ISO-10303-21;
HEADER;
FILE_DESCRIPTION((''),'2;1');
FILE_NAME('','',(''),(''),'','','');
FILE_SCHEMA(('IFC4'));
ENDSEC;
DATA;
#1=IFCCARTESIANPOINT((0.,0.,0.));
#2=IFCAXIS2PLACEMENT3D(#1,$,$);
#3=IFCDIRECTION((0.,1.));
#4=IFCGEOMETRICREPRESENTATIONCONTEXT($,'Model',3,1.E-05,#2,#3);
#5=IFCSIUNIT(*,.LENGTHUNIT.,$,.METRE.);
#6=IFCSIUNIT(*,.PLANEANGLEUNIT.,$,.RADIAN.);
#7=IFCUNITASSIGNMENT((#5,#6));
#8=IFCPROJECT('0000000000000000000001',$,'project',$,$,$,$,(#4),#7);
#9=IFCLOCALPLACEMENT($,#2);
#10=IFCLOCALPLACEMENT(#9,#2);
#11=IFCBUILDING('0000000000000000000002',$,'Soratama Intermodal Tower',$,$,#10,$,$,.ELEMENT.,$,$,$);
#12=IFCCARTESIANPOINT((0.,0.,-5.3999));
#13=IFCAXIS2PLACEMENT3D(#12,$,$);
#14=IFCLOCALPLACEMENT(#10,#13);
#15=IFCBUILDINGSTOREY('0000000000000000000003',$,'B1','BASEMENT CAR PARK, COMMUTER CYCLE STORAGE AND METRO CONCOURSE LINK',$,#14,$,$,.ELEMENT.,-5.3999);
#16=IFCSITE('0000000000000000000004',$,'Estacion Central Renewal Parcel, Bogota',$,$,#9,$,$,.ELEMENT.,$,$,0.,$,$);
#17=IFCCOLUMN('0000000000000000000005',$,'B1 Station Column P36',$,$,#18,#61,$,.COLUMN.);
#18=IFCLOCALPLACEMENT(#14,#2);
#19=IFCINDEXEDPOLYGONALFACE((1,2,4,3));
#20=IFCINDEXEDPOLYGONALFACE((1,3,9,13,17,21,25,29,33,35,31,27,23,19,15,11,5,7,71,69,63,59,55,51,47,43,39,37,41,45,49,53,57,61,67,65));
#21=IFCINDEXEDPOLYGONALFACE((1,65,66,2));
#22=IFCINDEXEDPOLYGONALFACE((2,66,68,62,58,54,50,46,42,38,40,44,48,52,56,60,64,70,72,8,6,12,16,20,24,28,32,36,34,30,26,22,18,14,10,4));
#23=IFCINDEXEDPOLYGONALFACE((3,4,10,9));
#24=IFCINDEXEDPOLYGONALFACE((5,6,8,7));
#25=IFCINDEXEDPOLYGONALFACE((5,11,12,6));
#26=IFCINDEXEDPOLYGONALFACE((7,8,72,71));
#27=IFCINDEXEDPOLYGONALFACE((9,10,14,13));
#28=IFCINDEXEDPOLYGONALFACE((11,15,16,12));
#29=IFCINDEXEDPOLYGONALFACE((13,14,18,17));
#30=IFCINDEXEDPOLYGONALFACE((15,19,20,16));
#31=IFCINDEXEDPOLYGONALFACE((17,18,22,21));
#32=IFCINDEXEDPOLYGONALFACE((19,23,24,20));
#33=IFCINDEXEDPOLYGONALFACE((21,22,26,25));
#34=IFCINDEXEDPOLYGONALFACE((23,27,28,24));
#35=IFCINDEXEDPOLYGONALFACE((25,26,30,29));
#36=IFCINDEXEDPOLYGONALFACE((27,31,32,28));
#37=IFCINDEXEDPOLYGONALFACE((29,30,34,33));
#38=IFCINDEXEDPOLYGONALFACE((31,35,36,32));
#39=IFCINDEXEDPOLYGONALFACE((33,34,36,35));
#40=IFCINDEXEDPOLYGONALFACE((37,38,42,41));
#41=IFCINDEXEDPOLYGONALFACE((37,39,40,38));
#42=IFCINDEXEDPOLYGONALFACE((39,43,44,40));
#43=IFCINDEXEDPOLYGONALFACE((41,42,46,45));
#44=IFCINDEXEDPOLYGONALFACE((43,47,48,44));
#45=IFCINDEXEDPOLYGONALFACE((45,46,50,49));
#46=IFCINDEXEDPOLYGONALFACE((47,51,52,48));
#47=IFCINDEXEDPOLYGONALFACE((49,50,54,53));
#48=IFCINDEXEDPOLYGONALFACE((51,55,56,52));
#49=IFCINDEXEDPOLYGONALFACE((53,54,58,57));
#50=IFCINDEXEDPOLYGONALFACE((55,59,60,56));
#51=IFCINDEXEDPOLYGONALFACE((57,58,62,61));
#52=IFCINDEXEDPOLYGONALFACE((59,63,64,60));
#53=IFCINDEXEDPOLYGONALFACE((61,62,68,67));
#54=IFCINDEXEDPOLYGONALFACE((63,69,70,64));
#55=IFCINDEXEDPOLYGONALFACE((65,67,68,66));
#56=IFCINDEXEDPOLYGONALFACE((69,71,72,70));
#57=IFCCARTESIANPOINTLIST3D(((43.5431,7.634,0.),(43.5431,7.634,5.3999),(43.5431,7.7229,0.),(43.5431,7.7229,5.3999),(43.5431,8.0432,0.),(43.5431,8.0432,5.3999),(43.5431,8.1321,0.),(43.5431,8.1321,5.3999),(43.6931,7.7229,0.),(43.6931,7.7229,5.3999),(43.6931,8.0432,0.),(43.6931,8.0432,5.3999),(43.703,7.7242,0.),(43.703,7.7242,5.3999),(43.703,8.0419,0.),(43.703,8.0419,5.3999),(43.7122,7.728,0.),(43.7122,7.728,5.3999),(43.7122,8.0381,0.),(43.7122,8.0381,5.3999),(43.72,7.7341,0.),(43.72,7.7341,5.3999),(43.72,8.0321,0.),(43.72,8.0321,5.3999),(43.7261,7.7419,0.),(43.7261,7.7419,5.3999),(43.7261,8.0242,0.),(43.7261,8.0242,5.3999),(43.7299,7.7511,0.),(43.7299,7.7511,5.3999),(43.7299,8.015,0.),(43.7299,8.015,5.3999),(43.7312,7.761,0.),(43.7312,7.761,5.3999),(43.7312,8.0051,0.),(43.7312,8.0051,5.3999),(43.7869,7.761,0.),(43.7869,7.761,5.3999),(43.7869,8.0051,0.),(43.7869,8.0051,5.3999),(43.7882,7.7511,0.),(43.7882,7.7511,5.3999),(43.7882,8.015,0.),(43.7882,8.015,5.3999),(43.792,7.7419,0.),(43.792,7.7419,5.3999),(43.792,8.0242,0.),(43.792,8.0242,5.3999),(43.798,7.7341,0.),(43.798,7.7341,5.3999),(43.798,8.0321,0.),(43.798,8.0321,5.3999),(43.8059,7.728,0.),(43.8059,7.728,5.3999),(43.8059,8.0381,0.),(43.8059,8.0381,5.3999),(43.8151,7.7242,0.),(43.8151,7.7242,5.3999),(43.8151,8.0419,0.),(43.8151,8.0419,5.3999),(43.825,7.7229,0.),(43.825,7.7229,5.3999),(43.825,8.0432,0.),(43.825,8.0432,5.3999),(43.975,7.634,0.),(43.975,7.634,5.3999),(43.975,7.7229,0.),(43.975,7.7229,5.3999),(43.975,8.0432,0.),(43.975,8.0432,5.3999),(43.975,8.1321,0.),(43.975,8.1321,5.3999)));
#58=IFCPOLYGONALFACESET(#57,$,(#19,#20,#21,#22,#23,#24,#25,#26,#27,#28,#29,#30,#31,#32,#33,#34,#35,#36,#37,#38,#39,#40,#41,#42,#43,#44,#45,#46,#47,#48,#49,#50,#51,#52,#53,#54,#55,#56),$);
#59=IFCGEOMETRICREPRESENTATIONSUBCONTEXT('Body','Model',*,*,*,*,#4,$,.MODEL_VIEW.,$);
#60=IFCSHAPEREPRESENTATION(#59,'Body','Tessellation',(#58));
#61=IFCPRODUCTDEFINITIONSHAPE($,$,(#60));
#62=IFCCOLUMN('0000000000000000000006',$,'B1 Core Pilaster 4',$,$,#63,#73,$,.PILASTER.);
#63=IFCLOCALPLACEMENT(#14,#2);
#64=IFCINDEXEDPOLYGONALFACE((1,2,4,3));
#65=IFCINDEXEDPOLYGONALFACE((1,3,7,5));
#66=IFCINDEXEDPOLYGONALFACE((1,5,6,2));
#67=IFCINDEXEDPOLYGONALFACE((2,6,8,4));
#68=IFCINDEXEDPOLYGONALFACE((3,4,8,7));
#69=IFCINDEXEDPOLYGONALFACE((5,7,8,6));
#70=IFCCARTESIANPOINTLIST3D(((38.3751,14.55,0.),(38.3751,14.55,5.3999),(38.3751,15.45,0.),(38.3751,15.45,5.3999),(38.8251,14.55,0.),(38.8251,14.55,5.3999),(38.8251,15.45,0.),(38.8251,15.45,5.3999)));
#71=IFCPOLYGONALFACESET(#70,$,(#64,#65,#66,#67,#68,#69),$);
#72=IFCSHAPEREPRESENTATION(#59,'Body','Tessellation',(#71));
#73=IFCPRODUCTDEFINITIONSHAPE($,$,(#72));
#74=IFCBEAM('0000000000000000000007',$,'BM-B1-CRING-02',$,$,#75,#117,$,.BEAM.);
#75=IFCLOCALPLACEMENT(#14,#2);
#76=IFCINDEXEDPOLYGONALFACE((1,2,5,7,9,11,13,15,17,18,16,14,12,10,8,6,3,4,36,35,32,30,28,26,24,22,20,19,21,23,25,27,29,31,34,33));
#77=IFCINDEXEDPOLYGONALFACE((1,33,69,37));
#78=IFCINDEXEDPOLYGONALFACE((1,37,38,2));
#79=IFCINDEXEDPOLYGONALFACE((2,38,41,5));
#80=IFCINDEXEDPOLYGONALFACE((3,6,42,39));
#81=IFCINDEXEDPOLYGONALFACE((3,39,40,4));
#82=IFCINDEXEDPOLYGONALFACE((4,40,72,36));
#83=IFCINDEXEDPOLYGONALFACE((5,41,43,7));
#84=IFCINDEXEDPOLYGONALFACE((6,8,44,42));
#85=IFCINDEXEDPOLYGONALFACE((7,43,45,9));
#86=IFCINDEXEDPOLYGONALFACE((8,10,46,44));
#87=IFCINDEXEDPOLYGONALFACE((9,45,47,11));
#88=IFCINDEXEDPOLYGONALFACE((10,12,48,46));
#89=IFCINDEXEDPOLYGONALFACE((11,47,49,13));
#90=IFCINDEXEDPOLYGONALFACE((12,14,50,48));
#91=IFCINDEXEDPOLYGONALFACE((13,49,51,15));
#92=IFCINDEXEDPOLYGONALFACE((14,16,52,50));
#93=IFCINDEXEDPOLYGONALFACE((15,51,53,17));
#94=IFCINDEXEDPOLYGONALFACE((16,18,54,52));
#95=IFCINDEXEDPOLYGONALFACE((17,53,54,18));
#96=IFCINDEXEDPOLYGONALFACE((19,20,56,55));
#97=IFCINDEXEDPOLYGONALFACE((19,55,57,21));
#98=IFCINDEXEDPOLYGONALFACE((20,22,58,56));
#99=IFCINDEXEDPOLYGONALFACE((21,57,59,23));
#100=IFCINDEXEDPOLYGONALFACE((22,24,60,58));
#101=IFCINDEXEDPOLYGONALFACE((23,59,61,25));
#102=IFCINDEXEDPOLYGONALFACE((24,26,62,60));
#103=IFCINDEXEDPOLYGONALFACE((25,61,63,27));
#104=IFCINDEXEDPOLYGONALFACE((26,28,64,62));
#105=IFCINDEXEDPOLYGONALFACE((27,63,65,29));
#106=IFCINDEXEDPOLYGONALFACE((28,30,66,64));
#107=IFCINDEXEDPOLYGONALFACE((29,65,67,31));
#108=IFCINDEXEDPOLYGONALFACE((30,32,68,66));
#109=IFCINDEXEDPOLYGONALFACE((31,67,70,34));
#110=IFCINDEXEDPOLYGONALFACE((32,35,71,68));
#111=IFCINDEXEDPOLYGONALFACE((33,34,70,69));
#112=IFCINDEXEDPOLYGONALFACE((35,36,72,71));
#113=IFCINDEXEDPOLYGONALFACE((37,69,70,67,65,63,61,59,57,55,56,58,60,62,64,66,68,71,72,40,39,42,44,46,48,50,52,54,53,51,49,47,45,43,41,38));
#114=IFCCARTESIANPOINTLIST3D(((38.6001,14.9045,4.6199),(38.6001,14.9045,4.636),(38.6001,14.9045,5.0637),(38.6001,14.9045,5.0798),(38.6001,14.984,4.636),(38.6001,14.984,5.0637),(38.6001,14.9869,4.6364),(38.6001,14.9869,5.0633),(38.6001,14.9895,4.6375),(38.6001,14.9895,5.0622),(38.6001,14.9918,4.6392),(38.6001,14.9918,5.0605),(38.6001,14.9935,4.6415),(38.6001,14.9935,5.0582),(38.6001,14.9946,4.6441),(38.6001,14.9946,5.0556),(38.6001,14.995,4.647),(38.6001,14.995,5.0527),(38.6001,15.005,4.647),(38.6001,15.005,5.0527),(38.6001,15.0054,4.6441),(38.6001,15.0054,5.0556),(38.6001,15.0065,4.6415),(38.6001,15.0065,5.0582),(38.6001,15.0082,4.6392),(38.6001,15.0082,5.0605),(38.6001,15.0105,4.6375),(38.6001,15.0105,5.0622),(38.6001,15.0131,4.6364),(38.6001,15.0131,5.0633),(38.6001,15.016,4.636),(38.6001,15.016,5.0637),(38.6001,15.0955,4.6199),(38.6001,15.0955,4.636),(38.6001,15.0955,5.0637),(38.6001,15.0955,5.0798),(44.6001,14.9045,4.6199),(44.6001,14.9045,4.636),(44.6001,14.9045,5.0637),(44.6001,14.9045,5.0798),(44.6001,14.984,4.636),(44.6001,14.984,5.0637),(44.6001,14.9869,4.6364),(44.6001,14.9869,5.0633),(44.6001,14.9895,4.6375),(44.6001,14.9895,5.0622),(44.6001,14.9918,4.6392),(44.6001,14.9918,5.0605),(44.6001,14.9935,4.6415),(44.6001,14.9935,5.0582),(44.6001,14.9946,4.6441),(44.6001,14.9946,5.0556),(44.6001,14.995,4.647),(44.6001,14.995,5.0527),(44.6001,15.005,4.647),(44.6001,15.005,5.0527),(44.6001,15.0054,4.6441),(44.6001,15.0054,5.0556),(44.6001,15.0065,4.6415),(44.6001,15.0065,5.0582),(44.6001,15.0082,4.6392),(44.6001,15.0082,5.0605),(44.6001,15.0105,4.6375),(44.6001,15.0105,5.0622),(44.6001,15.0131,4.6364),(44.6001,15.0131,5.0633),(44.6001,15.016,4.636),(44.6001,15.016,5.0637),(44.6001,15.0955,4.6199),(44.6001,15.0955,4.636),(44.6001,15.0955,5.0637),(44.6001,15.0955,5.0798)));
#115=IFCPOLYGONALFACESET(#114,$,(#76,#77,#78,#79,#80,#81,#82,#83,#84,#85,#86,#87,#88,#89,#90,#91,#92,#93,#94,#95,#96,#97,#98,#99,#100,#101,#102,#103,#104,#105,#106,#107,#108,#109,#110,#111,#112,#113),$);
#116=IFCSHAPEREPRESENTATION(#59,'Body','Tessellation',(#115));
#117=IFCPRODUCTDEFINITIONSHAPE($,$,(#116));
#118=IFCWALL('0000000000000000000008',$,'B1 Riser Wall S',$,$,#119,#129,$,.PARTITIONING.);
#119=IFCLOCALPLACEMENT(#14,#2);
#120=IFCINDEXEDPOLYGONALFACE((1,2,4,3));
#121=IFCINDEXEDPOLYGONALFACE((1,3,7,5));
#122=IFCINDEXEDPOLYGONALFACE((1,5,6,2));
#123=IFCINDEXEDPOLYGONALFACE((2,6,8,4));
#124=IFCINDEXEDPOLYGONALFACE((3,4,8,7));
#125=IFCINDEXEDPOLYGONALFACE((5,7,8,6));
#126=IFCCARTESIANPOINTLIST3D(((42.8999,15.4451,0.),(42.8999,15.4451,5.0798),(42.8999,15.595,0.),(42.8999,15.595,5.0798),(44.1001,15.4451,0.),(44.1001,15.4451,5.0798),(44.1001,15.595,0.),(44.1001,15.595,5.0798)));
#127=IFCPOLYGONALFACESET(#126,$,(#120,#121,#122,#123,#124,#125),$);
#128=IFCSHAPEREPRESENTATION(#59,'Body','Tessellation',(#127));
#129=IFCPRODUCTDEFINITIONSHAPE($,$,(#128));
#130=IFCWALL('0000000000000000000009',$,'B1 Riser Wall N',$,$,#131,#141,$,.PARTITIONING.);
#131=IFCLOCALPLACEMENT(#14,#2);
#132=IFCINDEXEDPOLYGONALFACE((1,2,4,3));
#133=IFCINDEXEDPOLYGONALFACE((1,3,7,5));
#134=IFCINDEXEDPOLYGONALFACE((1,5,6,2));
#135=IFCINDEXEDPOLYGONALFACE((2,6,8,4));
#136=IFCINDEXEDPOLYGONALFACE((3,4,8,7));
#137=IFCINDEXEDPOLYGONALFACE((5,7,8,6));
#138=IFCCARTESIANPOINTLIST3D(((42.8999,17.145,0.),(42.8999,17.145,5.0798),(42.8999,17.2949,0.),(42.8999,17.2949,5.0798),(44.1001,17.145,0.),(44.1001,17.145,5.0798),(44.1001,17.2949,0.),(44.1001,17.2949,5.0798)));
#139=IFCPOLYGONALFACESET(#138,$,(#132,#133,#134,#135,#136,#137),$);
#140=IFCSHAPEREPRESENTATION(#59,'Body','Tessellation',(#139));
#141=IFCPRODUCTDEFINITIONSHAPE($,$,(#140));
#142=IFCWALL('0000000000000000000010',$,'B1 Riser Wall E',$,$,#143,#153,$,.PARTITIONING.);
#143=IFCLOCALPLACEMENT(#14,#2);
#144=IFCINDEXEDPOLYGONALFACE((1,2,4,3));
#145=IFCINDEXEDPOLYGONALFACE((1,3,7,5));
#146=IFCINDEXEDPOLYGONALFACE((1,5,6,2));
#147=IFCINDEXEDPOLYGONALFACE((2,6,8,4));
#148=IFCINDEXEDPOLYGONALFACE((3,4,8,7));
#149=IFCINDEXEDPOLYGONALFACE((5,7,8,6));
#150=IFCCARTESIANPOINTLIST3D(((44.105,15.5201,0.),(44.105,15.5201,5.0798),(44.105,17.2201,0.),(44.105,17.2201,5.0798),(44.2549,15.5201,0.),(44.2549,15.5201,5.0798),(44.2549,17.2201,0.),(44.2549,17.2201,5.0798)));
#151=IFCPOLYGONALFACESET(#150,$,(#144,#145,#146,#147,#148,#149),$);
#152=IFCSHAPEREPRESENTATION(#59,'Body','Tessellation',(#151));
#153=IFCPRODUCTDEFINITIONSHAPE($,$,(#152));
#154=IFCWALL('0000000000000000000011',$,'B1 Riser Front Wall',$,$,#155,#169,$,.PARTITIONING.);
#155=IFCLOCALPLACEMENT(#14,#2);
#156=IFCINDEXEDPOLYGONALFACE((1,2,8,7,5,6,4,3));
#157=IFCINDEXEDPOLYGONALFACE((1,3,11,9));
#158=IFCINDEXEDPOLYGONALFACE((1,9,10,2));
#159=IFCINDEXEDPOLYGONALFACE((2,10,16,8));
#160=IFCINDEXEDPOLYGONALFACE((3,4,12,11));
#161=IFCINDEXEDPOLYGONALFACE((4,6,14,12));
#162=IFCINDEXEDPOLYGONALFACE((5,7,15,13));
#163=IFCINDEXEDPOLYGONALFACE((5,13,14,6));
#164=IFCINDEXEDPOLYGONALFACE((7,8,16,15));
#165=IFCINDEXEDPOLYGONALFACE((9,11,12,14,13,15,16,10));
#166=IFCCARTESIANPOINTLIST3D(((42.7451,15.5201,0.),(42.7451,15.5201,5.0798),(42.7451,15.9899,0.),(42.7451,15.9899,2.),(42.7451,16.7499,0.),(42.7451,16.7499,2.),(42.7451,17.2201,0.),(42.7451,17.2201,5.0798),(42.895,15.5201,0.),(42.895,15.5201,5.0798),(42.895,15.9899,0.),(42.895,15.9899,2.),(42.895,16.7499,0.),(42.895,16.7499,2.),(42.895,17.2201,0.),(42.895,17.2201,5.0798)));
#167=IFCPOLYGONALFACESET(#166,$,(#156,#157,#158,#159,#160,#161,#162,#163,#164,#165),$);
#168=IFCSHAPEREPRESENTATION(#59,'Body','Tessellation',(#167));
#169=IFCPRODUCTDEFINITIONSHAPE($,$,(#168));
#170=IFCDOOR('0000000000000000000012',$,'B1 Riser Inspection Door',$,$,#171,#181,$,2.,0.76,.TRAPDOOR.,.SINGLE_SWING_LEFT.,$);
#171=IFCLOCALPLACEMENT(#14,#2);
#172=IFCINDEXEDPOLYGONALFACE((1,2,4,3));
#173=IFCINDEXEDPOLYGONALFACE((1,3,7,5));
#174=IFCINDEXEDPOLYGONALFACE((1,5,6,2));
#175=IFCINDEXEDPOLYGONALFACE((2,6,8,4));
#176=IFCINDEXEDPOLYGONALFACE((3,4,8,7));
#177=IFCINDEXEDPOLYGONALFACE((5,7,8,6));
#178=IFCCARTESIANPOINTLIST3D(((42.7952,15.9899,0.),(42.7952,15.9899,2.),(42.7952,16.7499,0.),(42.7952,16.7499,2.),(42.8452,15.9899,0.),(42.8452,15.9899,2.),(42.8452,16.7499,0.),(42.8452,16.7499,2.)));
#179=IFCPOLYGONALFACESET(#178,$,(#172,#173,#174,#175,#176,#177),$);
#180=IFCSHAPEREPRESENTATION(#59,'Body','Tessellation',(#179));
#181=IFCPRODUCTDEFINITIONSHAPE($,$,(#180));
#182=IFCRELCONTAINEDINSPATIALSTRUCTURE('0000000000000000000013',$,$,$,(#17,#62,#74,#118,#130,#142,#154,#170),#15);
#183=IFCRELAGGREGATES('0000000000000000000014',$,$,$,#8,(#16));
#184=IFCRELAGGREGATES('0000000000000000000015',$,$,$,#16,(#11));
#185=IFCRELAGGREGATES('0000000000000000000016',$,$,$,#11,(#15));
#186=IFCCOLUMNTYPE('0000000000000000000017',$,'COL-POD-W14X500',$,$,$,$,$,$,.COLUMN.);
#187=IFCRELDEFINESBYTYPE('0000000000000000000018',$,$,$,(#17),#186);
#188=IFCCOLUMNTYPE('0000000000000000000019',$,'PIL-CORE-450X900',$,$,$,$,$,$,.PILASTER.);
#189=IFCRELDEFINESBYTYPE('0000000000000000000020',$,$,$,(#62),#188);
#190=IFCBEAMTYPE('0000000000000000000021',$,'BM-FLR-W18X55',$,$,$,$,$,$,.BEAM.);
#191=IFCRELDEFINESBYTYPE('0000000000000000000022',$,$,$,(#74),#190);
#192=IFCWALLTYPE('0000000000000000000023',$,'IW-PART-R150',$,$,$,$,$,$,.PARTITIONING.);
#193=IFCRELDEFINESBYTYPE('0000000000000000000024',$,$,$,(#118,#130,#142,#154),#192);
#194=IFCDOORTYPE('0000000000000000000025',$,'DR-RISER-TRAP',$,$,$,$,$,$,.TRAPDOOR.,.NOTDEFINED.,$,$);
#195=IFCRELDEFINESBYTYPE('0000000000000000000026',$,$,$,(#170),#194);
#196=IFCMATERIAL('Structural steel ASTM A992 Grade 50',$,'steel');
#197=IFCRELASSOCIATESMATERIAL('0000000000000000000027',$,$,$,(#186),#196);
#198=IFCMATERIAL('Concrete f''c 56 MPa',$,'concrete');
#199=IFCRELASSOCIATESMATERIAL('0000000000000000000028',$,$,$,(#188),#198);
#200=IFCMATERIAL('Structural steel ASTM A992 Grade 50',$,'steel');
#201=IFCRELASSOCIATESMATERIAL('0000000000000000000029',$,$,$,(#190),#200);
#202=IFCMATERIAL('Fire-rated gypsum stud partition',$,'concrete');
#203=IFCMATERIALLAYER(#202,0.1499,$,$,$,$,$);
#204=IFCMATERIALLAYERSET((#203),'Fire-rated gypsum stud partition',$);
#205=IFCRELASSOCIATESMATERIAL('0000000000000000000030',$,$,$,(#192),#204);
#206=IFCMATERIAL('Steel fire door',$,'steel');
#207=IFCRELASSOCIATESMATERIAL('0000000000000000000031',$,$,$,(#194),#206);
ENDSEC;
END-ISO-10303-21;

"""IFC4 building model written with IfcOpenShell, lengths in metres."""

from ifc_helpers import new_model, si_unit, direction, frame, frame_2d, origin, origin_2d, place, context, subcontext, project, spatial, rectangle, i_section, extrude, material, layer, layer_set, material_profile, profile_set, type_object, element, fill, save


model = new_model("IFC4")

# Units and contexts
model_context = context("Model", 3, precision=1e-05, world=origin(), true_north=direction((0.0, 1.0)))
body_context = subcontext(model_context, "Body", "Model", "MODEL_VIEW")
ifc_project = project(units=[si_unit("LENGTHUNIT", "METRE"), si_unit("PLANEANGLEUNIT", "RADIAN")], contexts=[model_context])

# Site, building, storey
site_placement = place(None, origin())
site = spatial("IfcSite", under=ifc_project, at=site_placement, Name="Estacion Central Renewal Parcel, Bogota", CompositionType="ELEMENT", RefElevation=0.0)
building_placement = place(site_placement, origin())
building = spatial("IfcBuilding", under=site, at=building_placement, Name="Soratama Intermodal Tower", CompositionType="ELEMENT")
storey_placement = place(building_placement, frame((0.0, 0.0, -5.3999)))
storey = spatial("IfcBuildingStorey", under=building, at=storey_placement, Name="B1", Description="BASEMENT CAR PARK, COMMUTER CYCLE STORAGE AND METRO CONCOURSE LINK", CompositionType="ELEMENT", Elevation=-5.3999)

# Columns
ifc_material_1 = material(Name="Structural steel ASTM A992 Grade 50", Category="steel")
ifc_material_profile_1 = material_profile(ifc_material_1, i_section(OverallWidth=0.4319, OverallDepth=0.498, WebThickness=0.0557, FlangeThickness=0.0889, FilletRadius=0.0381, at=origin_2d()), Name="W14X500")
ifc_profile_set_1 = profile_set([ifc_material_profile_1], Name="Structural steel ASTM A992 Grade 50")
column_type_1 = type_object("IfcColumnType", Name="COL-POD-W14X500", PredefinedType="COLUMN", material=ifc_profile_set_1)
column_1_placement = place(storey_placement, frame((43.759, 7.8831, 0.0), z_axis=(0.0, 0.0, 1.0), x_axis=(1.0, 0.0, 0.0)))
element("IfcColumn", 1, at=column_1_placement, inside=storey, type_object=column_type_1, Name="B1 Station Column P36", PredefinedType="COLUMN", context=body_context, shape_type="SweptSolid", body=[
    extrude(i_section(OverallWidth=0.4319, OverallDepth=0.498, WebThickness=0.0557, FlangeThickness=0.0889, FilletRadius=0.0381, at=origin_2d()), origin(), (0.0, 0.0, 1.0), 5.3999),
])
ifc_material_2 = material(Name="Concrete f'c 56 MPa", Category="concrete")
ifc_material_profile_2 = material_profile(ifc_material_2, rectangle(XDim=0.45, YDim=0.8999, at=origin_2d()), Name="RC450X900")
ifc_profile_set_2 = profile_set([ifc_material_profile_2], Name="Concrete f'c 56 MPa")
column_type_2 = type_object("IfcColumnType", Name="PIL-CORE-450X900", PredefinedType="PILASTER", material=ifc_profile_set_2)
column_2_placement = place(storey_placement, frame((38.6001, 15.0, 0.0), z_axis=(0.0, 0.0, 1.0), x_axis=(1.0, 0.0, 0.0)))
element("IfcColumn", 2, at=column_2_placement, inside=storey, type_object=column_type_2, Name="B1 Core Pilaster 4", PredefinedType="PILASTER", context=body_context, shape_type="SweptSolid", body=[
    extrude(rectangle(XDim=0.45, YDim=0.8999, at=origin_2d()), origin(), (0.0, 0.0, 1.0), 5.3999),
])

# Beam
ifc_material_3 = material(Name="Structural steel ASTM A992 Grade 50", Category="steel")
ifc_material_profile_3 = material_profile(ifc_material_3, i_section(OverallWidth=0.1909, OverallDepth=0.46, WebThickness=0.01, FlangeThickness=0.0161, FilletRadius=0.011, at=origin_2d()), Name="W18X55")
ifc_profile_set_3 = profile_set([ifc_material_profile_3], Name="Structural steel ASTM A992 Grade 50")
beam_type = type_object("IfcBeamType", Name="BM-FLR-W18X55", PredefinedType="BEAM", material=ifc_profile_set_3)
beam_placement = place(storey_placement, frame((38.6001, 15.0, 4.8499), z_axis=(1.0, 0.0, 0.0), x_axis=(0.0, 1.0, 0.0)))
element("IfcBeam", 3, at=beam_placement, inside=storey, type_object=beam_type, Name="BM-B1-CRING-02", PredefinedType="BEAM", context=body_context, shape_type="SweptSolid", body=[
    extrude(i_section(OverallWidth=0.1909, OverallDepth=0.46, WebThickness=0.01, FlangeThickness=0.0161, FilletRadius=0.011, at=origin_2d()), origin(), (0.0, 0.0, 1.0), 6.0),
])

# Walls
ifc_material_4 = material(Name="Fire-rated gypsum stud partition", Category="concrete")
ifc_layer_1 = layer(ifc_material_4, 0.1499)
ifc_layer_set_1 = layer_set([ifc_layer_1], Name="Fire-rated gypsum stud partition")
wall_type_1 = type_object("IfcWallType", Name="IW-PART-R150", PredefinedType="PARTITIONING", material=ifc_layer_set_1)
for number, where, z_axis, x_axis, name in (
    (4, (42.8999, 15.52, 0.0), (0.0, 0.0, 1.0), (1.0, 0.0, 0.0), "B1 Riser Wall S"),
    (5, (42.8999, 17.22, 0.0), (0.0, 0.0, 1.0), (1.0, 0.0, 0.0), "B1 Riser Wall N"),
):
    element("IfcWall", number, at=place(storey_placement, frame(where, z_axis=z_axis, x_axis=x_axis)), inside=storey, type_object=wall_type_1, Name=name, PredefinedType="PARTITIONING", context=body_context, shape_type="SweptSolid", body=[
        extrude(rectangle(XDim=1.2002, YDim=0.1499, at=frame_2d((0.6001, 0.0))), origin(), (0.0, 0.0, 1.0), 5.0798),
    ])
wall_1_placement = place(storey_placement, frame((44.1799, 15.52, 0.0), z_axis=(0.0, 0.0, 1.0), x_axis=(0.0, 1.0, 0.0)))
element("IfcWall", 6, at=wall_1_placement, inside=storey, type_object=wall_type_1, Name="B1 Riser Wall E", PredefinedType="PARTITIONING", context=body_context, shape_type="SweptSolid", body=[
    extrude(rectangle(XDim=1.7, YDim=0.1499, at=frame_2d((0.8501, 0.0))), origin(), (0.0, 0.0, 1.0), 5.0798),
])

# Wall, opening, door
wall_2_placement = place(storey_placement, frame((42.8201, 15.52, 0.0), z_axis=(0.0, 0.0, 1.0), x_axis=(0.0, 1.0, 0.0)))
wall_2 = element("IfcWall", 7, at=wall_2_placement, inside=storey, type_object=wall_type_1, Name="B1 Riser Front Wall", PredefinedType="PARTITIONING", context=body_context, shape_type="SweptSolid", body=[
    extrude(rectangle(XDim=1.7, YDim=0.1499, at=frame_2d((0.8501, 0.0))), origin(), (0.0, 0.0, 1.0), 5.0798),
])
opening_1_placement = place(wall_2_placement, frame((0.47, 0.0, 0.0)))
opening_1 = element("IfcOpeningElement", 8, at=opening_1_placement, cuts=wall_2, PredefinedType="OPENING", context=body_context, shape_type="SweptSolid", body=[
    extrude(rectangle(XDim=0.76, YDim=2.0, at=frame_2d((0.3799, 1.0))), frame((0.0, 0.085, 0.0), z_axis=(0.0, -1.0, 0.0), x_axis=(1.0, 0.0, 0.0)), (0.0, 0.0, 1.0), 0.1699),
])
ifc_material_5 = material(Name="Steel fire door", Category="steel")
door_type_1 = type_object("IfcDoorType", Name="DR-RISER-TRAP", OperationType="NOTDEFINED", PredefinedType="TRAPDOOR", material=ifc_material_5)
door_1_placement = place(opening_1_placement, origin())
door_1 = element("IfcDoor", 9, at=door_1_placement, inside=storey, type_object=door_type_1, Name="B1 Riser Inspection Door", OperationType="SINGLE_SWING_LEFT", OverallHeight=2.0, OverallWidth=0.76, PredefinedType="TRAPDOOR", context=body_context, shape_type="SweptSolid", body=[
    extrude(rectangle(XDim=0.76, YDim=2.0, at=frame_2d((0.3799, 1.0))), frame((0.0, 0.0249, 0.0), z_axis=(0.0, -1.0, 0.0), x_axis=(1.0, 0.0, 0.0)), (0.0, 0.0, 1.0), 0.05),
])
fill(opening_1, door_1)

save(model, "model.ifc")
